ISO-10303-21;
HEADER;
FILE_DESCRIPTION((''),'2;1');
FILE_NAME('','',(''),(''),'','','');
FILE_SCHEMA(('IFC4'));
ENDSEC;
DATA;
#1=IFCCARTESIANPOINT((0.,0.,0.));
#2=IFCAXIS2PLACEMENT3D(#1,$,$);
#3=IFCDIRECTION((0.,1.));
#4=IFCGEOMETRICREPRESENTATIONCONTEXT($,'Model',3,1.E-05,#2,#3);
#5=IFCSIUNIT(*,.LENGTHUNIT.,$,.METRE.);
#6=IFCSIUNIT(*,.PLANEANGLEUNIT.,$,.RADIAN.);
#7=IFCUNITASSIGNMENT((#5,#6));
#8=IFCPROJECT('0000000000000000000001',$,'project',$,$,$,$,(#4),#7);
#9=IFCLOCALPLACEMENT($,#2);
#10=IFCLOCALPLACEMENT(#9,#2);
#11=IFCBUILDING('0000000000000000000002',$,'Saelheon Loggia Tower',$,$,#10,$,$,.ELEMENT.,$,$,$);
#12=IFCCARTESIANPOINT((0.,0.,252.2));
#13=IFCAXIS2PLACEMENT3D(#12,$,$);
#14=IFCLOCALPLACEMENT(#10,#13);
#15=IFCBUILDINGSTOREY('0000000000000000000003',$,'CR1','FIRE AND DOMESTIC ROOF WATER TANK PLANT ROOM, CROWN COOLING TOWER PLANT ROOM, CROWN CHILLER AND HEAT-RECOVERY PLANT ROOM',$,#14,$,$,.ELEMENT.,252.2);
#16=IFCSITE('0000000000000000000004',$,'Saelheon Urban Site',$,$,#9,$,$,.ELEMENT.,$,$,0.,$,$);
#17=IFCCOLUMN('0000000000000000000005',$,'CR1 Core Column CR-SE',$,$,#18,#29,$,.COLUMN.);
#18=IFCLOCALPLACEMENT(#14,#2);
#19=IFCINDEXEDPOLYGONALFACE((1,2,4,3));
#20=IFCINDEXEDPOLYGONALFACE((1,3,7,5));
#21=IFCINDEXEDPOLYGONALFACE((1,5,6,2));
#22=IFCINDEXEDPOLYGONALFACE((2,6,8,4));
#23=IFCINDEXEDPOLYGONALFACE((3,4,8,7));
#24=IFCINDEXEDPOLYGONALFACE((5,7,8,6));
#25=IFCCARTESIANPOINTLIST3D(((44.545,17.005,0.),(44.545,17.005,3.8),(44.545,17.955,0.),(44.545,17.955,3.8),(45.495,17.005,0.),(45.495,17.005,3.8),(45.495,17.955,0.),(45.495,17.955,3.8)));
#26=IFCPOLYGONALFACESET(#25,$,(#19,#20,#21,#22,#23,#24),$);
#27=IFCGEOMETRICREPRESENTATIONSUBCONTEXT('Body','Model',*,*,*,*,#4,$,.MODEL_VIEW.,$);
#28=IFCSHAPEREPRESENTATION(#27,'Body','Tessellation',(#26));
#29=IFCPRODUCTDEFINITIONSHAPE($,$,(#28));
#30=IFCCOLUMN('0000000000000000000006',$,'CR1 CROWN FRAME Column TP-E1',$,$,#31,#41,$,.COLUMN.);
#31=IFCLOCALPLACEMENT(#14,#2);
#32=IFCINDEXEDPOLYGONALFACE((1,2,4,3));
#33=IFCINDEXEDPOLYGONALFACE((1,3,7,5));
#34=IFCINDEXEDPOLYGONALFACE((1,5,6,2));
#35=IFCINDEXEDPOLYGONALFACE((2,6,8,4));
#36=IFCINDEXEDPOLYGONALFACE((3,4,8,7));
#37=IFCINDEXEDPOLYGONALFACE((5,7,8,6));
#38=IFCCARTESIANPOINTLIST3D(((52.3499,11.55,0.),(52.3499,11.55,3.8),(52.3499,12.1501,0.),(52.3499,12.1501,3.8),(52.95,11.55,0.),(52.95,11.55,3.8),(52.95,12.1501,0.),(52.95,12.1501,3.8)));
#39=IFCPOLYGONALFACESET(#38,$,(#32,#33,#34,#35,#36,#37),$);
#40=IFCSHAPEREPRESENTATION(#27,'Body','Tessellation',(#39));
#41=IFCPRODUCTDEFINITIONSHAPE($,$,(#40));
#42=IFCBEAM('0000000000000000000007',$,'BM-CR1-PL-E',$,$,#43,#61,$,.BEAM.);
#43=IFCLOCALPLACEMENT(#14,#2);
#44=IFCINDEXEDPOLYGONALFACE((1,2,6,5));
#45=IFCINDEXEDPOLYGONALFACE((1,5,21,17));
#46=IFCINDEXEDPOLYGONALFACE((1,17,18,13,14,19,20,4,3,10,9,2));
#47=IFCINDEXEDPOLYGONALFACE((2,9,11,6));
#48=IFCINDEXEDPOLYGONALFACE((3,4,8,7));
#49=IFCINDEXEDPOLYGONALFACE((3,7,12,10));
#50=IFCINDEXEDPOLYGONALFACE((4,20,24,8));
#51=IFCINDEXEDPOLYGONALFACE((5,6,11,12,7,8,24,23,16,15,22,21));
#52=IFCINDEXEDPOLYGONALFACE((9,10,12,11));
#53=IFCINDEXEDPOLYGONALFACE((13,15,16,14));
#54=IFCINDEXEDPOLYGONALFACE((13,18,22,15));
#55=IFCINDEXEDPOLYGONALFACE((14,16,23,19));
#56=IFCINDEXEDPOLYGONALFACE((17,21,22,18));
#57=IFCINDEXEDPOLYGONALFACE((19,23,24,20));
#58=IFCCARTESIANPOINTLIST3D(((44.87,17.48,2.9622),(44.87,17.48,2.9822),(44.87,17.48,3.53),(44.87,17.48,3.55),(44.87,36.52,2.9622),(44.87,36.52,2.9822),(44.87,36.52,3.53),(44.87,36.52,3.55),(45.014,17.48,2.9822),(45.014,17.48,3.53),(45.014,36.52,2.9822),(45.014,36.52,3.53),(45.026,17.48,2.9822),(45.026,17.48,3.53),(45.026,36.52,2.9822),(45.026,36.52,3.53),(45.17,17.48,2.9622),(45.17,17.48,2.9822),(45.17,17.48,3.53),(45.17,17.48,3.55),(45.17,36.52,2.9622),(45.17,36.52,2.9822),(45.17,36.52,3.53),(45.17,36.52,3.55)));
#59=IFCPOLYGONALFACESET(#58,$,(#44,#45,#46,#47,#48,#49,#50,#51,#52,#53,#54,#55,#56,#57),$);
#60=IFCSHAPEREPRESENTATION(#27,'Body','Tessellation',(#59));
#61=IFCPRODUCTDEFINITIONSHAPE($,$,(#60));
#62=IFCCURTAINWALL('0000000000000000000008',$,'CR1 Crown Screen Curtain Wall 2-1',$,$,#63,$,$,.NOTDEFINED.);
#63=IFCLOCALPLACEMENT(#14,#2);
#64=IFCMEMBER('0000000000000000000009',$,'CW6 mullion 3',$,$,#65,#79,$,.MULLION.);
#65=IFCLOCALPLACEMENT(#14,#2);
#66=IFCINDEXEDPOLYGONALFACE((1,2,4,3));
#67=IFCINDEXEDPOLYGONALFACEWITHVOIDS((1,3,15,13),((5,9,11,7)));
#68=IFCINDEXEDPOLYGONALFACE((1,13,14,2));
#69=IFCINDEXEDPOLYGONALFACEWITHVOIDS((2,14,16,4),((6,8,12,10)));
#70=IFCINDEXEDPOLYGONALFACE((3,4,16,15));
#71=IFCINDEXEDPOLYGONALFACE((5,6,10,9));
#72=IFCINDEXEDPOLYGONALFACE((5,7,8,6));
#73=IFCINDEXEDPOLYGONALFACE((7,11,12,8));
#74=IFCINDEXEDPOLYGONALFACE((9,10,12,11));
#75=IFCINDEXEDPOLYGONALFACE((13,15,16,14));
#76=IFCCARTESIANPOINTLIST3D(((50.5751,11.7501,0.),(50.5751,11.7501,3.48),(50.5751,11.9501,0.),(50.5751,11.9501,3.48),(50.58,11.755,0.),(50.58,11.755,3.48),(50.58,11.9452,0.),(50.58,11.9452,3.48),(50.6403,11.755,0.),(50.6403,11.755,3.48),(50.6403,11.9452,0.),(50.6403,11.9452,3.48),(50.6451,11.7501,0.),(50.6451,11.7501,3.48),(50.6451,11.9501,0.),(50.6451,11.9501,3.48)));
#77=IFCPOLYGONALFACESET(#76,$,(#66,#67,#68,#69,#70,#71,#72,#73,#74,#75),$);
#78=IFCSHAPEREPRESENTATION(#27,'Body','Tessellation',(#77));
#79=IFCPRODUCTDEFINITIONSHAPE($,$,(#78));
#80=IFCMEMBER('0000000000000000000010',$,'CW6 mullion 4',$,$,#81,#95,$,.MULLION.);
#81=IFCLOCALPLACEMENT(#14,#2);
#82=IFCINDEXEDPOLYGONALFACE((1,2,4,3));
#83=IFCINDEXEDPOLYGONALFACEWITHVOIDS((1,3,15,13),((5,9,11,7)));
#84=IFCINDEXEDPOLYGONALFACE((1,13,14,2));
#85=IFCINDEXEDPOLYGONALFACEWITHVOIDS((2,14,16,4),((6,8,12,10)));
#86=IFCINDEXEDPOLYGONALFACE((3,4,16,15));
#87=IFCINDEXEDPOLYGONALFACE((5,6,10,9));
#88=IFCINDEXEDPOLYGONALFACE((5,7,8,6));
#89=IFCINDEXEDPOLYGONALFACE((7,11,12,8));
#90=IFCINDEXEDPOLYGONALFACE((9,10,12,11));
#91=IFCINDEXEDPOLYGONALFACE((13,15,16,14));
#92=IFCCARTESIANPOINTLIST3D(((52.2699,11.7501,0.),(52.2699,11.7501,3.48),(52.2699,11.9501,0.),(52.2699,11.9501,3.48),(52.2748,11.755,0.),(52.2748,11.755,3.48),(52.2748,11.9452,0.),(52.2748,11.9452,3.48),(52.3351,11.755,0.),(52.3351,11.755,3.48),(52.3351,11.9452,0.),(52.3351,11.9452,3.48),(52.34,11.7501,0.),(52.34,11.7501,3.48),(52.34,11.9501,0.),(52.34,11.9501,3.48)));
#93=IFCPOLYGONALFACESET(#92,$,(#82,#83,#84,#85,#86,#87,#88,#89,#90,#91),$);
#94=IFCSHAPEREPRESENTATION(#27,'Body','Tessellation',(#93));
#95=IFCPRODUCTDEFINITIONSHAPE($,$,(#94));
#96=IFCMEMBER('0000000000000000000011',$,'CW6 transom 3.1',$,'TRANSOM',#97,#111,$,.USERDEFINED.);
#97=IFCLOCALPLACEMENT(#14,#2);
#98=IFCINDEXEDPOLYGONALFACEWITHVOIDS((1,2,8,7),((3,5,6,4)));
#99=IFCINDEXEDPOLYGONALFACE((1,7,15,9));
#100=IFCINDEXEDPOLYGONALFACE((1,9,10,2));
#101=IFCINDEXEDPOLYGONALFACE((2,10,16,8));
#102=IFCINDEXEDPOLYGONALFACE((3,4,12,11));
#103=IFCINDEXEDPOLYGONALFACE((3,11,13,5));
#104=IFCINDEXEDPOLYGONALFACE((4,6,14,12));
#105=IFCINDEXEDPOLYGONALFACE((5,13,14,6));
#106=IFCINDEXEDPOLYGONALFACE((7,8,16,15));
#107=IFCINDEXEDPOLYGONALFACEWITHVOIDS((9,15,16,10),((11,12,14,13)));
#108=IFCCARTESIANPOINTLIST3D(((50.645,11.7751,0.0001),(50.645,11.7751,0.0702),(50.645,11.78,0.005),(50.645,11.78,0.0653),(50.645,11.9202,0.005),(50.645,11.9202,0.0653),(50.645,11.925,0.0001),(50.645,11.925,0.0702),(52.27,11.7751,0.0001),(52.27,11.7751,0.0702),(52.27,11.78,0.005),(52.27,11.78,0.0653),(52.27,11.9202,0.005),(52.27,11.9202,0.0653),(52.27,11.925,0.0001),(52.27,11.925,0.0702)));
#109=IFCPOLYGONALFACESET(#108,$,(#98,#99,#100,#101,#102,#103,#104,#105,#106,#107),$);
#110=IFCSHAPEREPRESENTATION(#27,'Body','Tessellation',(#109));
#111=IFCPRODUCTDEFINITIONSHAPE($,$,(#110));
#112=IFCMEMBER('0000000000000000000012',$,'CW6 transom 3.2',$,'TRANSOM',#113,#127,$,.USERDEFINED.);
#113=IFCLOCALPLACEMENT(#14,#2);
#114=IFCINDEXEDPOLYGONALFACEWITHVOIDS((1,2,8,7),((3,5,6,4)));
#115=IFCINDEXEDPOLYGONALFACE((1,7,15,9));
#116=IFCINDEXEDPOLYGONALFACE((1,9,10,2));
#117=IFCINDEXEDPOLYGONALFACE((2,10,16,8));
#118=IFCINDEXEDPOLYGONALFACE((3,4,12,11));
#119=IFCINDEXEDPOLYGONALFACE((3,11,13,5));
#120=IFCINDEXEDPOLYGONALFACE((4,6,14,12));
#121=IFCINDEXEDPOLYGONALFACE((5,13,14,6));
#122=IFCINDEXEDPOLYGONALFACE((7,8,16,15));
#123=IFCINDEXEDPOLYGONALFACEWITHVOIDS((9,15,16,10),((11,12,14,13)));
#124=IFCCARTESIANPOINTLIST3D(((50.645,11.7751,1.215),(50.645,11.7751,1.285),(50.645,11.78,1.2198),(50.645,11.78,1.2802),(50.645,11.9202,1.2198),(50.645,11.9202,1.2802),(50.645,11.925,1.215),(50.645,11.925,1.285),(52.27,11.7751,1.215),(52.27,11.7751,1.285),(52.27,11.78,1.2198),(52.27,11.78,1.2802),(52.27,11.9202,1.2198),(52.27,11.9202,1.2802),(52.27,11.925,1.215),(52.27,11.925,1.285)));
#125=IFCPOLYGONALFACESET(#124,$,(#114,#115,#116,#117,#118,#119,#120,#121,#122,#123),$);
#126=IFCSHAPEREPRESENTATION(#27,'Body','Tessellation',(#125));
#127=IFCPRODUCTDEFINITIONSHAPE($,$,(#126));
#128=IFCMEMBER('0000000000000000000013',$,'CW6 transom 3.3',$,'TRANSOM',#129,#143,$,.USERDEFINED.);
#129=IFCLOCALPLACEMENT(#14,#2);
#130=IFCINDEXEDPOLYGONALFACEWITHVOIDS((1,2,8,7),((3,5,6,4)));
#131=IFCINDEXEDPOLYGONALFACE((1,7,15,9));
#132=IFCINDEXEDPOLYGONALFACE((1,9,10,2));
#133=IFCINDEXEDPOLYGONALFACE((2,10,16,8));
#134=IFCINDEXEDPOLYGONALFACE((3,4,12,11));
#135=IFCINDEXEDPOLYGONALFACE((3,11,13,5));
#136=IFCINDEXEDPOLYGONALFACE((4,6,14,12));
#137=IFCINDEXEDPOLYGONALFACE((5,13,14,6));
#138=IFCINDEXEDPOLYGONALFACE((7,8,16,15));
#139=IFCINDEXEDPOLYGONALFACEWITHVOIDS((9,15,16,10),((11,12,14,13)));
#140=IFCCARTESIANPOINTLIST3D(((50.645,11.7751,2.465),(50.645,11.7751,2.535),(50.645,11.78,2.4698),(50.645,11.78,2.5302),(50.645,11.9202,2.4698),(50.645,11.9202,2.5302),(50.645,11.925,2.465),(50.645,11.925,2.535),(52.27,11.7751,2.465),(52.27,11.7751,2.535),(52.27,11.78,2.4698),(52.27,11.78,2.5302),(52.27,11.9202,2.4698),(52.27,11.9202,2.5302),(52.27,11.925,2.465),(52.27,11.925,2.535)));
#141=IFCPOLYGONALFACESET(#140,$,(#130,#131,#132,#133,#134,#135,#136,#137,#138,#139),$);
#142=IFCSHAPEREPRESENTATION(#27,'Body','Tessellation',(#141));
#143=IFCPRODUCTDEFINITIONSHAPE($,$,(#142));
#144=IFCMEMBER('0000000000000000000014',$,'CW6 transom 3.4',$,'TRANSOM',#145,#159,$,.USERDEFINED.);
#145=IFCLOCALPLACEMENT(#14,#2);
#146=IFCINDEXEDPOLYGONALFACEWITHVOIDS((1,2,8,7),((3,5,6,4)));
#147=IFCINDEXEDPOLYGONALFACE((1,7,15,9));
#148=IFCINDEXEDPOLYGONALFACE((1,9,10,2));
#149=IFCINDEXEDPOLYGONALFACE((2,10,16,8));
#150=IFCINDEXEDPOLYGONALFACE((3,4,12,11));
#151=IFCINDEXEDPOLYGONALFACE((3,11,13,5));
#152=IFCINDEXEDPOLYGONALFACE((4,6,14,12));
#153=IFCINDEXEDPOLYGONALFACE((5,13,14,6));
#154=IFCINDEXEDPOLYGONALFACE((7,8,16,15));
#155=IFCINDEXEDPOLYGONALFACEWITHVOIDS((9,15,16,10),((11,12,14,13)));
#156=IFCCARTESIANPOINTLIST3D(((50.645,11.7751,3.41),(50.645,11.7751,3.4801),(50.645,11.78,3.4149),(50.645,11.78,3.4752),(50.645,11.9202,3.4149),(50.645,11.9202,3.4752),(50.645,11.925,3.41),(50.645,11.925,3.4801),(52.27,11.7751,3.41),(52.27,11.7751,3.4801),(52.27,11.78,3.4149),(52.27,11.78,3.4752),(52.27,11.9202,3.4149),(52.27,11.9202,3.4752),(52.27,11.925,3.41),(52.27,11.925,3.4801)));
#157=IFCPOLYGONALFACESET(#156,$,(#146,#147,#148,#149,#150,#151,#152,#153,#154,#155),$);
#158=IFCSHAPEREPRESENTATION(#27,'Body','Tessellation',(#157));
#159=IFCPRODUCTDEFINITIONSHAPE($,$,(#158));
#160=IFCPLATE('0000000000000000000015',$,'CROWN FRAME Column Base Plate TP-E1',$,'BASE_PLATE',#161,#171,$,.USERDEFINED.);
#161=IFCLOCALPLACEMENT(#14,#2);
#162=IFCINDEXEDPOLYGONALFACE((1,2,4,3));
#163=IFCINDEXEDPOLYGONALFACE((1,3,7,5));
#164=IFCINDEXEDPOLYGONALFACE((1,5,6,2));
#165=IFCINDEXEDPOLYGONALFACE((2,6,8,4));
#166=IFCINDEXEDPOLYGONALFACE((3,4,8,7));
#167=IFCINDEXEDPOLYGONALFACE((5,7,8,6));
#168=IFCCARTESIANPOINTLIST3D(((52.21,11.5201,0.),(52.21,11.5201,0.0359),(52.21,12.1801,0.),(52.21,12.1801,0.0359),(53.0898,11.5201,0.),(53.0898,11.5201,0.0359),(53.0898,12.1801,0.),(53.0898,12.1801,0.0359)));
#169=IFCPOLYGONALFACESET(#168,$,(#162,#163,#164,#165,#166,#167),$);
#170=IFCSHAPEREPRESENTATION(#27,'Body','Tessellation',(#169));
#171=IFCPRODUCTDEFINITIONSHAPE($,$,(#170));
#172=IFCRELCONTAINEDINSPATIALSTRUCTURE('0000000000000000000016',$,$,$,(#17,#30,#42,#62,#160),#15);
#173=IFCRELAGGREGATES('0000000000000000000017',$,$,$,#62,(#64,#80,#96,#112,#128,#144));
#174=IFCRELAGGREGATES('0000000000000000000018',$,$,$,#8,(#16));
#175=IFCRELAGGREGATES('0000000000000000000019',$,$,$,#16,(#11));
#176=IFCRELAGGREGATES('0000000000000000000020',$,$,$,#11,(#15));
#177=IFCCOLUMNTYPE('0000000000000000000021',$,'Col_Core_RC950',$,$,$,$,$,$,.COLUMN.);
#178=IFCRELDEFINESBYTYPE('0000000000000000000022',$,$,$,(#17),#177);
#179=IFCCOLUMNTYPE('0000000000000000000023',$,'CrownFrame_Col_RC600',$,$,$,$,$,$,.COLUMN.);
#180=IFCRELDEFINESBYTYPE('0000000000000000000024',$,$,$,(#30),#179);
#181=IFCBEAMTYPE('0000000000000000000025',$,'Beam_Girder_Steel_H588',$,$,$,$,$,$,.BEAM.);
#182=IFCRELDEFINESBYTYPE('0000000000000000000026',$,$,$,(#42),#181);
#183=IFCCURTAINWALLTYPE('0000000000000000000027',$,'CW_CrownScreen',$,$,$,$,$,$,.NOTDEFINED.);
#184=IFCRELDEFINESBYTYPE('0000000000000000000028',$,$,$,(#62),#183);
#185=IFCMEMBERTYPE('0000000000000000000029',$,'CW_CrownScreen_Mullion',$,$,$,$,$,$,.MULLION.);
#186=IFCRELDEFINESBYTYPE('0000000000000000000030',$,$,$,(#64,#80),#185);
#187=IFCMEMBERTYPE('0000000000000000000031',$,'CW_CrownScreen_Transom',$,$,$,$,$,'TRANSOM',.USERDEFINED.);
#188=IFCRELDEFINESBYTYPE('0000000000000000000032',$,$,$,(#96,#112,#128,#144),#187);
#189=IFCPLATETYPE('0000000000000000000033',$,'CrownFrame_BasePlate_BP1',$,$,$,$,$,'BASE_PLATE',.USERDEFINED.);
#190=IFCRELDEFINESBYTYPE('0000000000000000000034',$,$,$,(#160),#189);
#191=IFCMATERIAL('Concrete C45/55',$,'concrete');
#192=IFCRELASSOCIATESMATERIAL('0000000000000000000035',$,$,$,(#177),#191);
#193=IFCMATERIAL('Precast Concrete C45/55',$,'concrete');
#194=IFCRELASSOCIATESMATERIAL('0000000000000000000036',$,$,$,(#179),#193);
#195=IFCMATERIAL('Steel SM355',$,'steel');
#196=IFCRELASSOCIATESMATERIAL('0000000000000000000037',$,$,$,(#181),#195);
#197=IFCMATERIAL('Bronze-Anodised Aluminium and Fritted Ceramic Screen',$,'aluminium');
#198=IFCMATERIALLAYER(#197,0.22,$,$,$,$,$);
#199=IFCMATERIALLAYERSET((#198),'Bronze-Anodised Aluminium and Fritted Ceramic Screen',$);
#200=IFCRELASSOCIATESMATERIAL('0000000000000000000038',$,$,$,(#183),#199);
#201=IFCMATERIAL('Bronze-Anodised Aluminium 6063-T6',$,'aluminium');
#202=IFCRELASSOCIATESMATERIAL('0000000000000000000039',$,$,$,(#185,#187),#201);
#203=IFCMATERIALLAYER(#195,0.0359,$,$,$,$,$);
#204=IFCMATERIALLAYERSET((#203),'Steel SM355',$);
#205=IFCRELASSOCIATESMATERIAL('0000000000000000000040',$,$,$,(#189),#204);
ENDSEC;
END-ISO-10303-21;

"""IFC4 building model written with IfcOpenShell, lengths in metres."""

from ifc_helpers import new_model, si_unit, direction, frame, origin, origin_2d, place, context, subcontext, project, spatial, rectangle, hollow_rectangle, i_section, extrude, source, transform, mapped, material, layer, layer_set, material_profile, profile_set, type_object, element, aggregate, save


model = new_model("IFC4")

# Units and contexts
model_context = context("Model", 3, precision=1e-05, world=origin(), true_north=direction((0.0, 1.0)))
body_context = subcontext(model_context, "Body", "Model", "MODEL_VIEW")
ifc_project = project(units=[si_unit("LENGTHUNIT", "METRE"), si_unit("PLANEANGLEUNIT", "RADIAN")], contexts=[model_context])

# Site, building, storey
site_placement = place(None, origin())
site = spatial("IfcSite", under=ifc_project, at=site_placement, Name="Saelheon Urban Site", CompositionType="ELEMENT", RefElevation=0.0)
building_placement = place(site_placement, origin())
building = spatial("IfcBuilding", under=site, at=building_placement, Name="Saelheon Loggia Tower", CompositionType="ELEMENT")
storey_placement = place(building_placement, frame((0.0, 0.0, 252.2)))
storey = spatial("IfcBuildingStorey", under=building, at=storey_placement, Name="CR1", Description="FIRE AND DOMESTIC ROOF WATER TANK PLANT ROOM, CROWN COOLING TOWER PLANT ROOM, CROWN CHILLER AND HEAT-RECOVERY PLANT ROOM", CompositionType="ELEMENT", Elevation=252.2)

# Columns
ifc_material_1 = material(Name="Concrete C45/55", Category="concrete")
ifc_material_profile_1 = material_profile(ifc_material_1, rectangle(XDim=0.95, YDim=0.95, at=origin_2d()), Name="RC-950x950")
ifc_profile_set_1 = profile_set([ifc_material_profile_1], Name="Concrete C45/55")
column_type_1 = type_object("IfcColumnType", Name="Col_Core_RC950", PredefinedType="COLUMN", material=ifc_profile_set_1)
shared_shape_1 = source(origin(), body_context, "Body", "SweptSolid", [
    extrude(rectangle(XDim=0.95, YDim=0.95, at=origin_2d()), origin(), (0.0, 0.0, 1.0), 3.8),
])
column_1_placement = place(storey_placement, frame((45.02, 17.48, 0.0), z_axis=(0.0, 0.0, 1.0), x_axis=(1.0, 0.0, 0.0)))
element("IfcColumn", 1, at=column_1_placement, inside=storey, type_object=column_type_1, Name="CR1 Core Column CR-SE", PredefinedType="COLUMN", context=body_context, shape_type="MappedRepresentation", body=[
    mapped(shared_shape_1, transform((0.0, 0.0, 0.0), scale=1.0)),
])
ifc_material_2 = material(Name="Precast Concrete C45/55", Category="concrete")
ifc_material_profile_2 = material_profile(ifc_material_2, rectangle(XDim=0.6001, YDim=0.6001, at=origin_2d()), Name="RC-600x600")
ifc_profile_set_2 = profile_set([ifc_material_profile_2], Name="Precast Concrete C45/55")
column_type_2 = type_object("IfcColumnType", Name="CrownFrame_Col_RC600", PredefinedType="COLUMN", material=ifc_profile_set_2)
shared_shape_2 = source(origin(), body_context, "Body", "SweptSolid", [
    extrude(rectangle(XDim=0.6001, YDim=0.6001, at=origin_2d()), origin(), (0.0, 0.0, 1.0), 3.8),
])
column_2_placement = place(storey_placement, frame((52.6499, 11.8501, 0.0), z_axis=(0.0, 0.0, 1.0), x_axis=(1.0, 0.0, 0.0)))
element("IfcColumn", 2, at=column_2_placement, inside=storey, type_object=column_type_2, Name="CR1 CROWN FRAME Column TP-E1", PredefinedType="COLUMN", context=body_context, shape_type="MappedRepresentation", body=[
    mapped(shared_shape_2, transform((0.0, 0.0, 0.0), scale=1.0)),
])

# Beam
ifc_material_3 = material(Name="Steel SM355", Category="steel")
ifc_material_profile_3 = material_profile(ifc_material_3, i_section(OverallWidth=0.3, OverallDepth=0.5879, WebThickness=0.012, FlangeThickness=0.02, at=origin_2d()), Name="H-588x300x12x20")
ifc_profile_set_3 = profile_set([ifc_material_profile_3], Name="Steel SM355")
beam_type = type_object("IfcBeamType", Name="Beam_Girder_Steel_H588", PredefinedType="BEAM", material=ifc_profile_set_3)
shared_shape_3 = source(origin(), body_context, "Body", "SweptSolid", [
    extrude(i_section(OverallWidth=0.3, OverallDepth=0.5879, WebThickness=0.012, FlangeThickness=0.02, at=origin_2d()), origin(), (0.0, 0.0, 1.0), 19.04),
])
beam_placement = place(storey_placement, frame((45.02, 17.48, 3.2561), z_axis=(0.0, 1.0, 0.0), x_axis=(-1.0, 0.0, 0.0)))
element("IfcBeam", 3, at=beam_placement, inside=storey, type_object=beam_type, Name="BM-CR1-PL-E", PredefinedType="BEAM", context=body_context, shape_type="MappedRepresentation", body=[
    mapped(shared_shape_3, transform((0.0, 0.0, 0.0), scale=1.0)),
])

# Curtain wall, members
ifc_material_4 = material(Name="Bronze-Anodised Aluminium and Fritted Ceramic Screen", Category="aluminium")
ifc_layer_1 = layer(ifc_material_4, 0.22)
ifc_layer_set_1 = layer_set([ifc_layer_1], Name="Bronze-Anodised Aluminium and Fritted Ceramic Screen")
curtain_wall_type = type_object("IfcCurtainWallType", Name="CW_CrownScreen", PredefinedType="NOTDEFINED", material=ifc_layer_set_1)
curtain_wall_placement = place(storey_placement, origin())
curtain_wall = element("IfcCurtainWall", 4, at=curtain_wall_placement, inside=storey, type_object=curtain_wall_type, Name="CR1 Crown Screen Curtain Wall 2-1", PredefinedType="NOTDEFINED")
ifc_material_5 = material(Name="Bronze-Anodised Aluminium 6063-T6", Category="aluminium")
ifc_material_profile_4 = material_profile(ifc_material_5, hollow_rectangle(XDim=0.0701, YDim=0.2, WallThickness=0.0049, at=origin_2d()), Name="RHS-200x70x5")
ifc_profile_set_4 = profile_set([ifc_material_profile_4], Name="Bronze-Anodised Aluminium 6063-T6")
member_type_1 = type_object("IfcMemberType", Name="CW_CrownScreen_Mullion", PredefinedType="MULLION", material=ifc_profile_set_4)
shared_shape_4 = source(origin(), body_context, "Body", "SweptSolid", [
    extrude(hollow_rectangle(XDim=0.0701, YDim=0.2, WallThickness=0.0049, at=origin_2d()), origin(), (0.0, 0.0, 1.0), 3.48),
])
member_1_placement = place(storey_placement, frame((50.6101, 11.8501, 0.0), z_axis=(0.0, 0.0, 1.0), x_axis=(1.0, 0.0, 0.0)))
member_1 = element("IfcMember", 5, at=member_1_placement, type_object=member_type_1, Name="CW6 mullion 3", PredefinedType="MULLION", context=body_context, shape_type="MappedRepresentation", body=[
    mapped(shared_shape_4, transform((0.0, 0.0, 0.0), scale=1.0)),
])
member_2_placement = place(storey_placement, frame((52.3049, 11.8501, 0.0), z_axis=(0.0, 0.0, 1.0), x_axis=(1.0, 0.0, 0.0)))
member_2 = element("IfcMember", 6, at=member_2_placement, type_object=member_type_1, Name="CW6 mullion 4", PredefinedType="MULLION", context=body_context, shape_type="MappedRepresentation", body=[
    mapped(shared_shape_4, transform((0.0, 0.0, 0.0), scale=1.0)),
])
ifc_material_profile_5 = material_profile(ifc_material_5, hollow_rectangle(XDim=0.0701, YDim=0.1499, WallThickness=0.0049, at=origin_2d()), Name="RHS-150x70x5")
ifc_profile_set_5 = profile_set([ifc_material_profile_5], Name="Bronze-Anodised Aluminium 6063-T6")
member_type_2 = type_object("IfcMemberType", Name="CW_CrownScreen_Transom", ElementType="TRANSOM", PredefinedType="USERDEFINED", material=ifc_profile_set_5)
shared_shape_5 = source(origin(), body_context, "Body", "SweptSolid", [
    extrude(hollow_rectangle(XDim=0.0701, YDim=0.1499, WallThickness=0.0049, at=origin_2d()), origin(), (0.0, 0.0, 1.0), 1.625),
])
member_3_placement = place(storey_placement, frame((50.645, 11.8501, 0.0352), z_axis=(1.0, 0.0, 0.0), x_axis=(0.0, 0.0, 1.0)))
member_3 = element("IfcMember", 7, at=member_3_placement, type_object=member_type_2, Name="CW6 transom 3.1", ObjectType="TRANSOM", PredefinedType="USERDEFINED", context=body_context, shape_type="MappedRepresentation", body=[
    mapped(shared_shape_5, transform((0.0, 0.0, 0.0), scale=1.0)),
])
member_4_placement = place(storey_placement, frame((50.645, 11.8501, 1.25), z_axis=(1.0, 0.0, 0.0), x_axis=(0.0, 0.0, 1.0)))
member_4 = element("IfcMember", 8, at=member_4_placement, type_object=member_type_2, Name="CW6 transom 3.2", ObjectType="TRANSOM", PredefinedType="USERDEFINED", context=body_context, shape_type="MappedRepresentation", body=[
    mapped(shared_shape_5, transform((0.0, 0.0, 0.0), scale=1.0)),
])
member_5_placement = place(storey_placement, frame((50.645, 11.8501, 2.5), z_axis=(1.0, 0.0, 0.0), x_axis=(0.0, 0.0, 1.0)))
member_5 = element("IfcMember", 9, at=member_5_placement, type_object=member_type_2, Name="CW6 transom 3.3", ObjectType="TRANSOM", PredefinedType="USERDEFINED", context=body_context, shape_type="MappedRepresentation", body=[
    mapped(shared_shape_5, transform((0.0, 0.0, 0.0), scale=1.0)),
])
member_6_placement = place(storey_placement, frame((50.645, 11.8501, 3.4451), z_axis=(1.0, 0.0, 0.0), x_axis=(0.0, 0.0, 1.0)))
member_6 = element("IfcMember", 10, at=member_6_placement, type_object=member_type_2, Name="CW6 transom 3.4", ObjectType="TRANSOM", PredefinedType="USERDEFINED", context=body_context, shape_type="MappedRepresentation", body=[
    mapped(shared_shape_5, transform((0.0, 0.0, 0.0), scale=1.0)),
])

# Plate
ifc_layer_2 = layer(ifc_material_3, 0.0359)
ifc_layer_set_2 = layer_set([ifc_layer_2], Name="Steel SM355")
plate_type_1 = type_object("IfcPlateType", Name="CrownFrame_BasePlate_BP1", ElementType="BASE_PLATE", PredefinedType="USERDEFINED", material=ifc_layer_set_2)
shared_shape_6 = source(origin(), body_context, "Body", "SweptSolid", [
    extrude(rectangle(XDim=0.8799, YDim=0.6599, at=origin_2d()), origin(), (0.0, 0.0, 1.0), 0.0359),
])
plate_1_placement = place(storey_placement, frame((52.6499, 11.8501, 0.0), z_axis=(0.0, 0.0, 1.0), x_axis=(1.0, 0.0, 0.0)))
element("IfcPlate", 11, at=plate_1_placement, inside=storey, type_object=plate_type_1, Name="CROWN FRAME Column Base Plate TP-E1", ObjectType="BASE_PLATE", PredefinedType="USERDEFINED", context=body_context, shape_type="MappedRepresentation", body=[
    mapped(shared_shape_6, transform((0.0, 0.0, 0.0), scale=1.0)),
])
aggregate(curtain_wall, [member_1, member_2, member_3, member_4, member_5, member_6])

save(model, "model.ifc")
